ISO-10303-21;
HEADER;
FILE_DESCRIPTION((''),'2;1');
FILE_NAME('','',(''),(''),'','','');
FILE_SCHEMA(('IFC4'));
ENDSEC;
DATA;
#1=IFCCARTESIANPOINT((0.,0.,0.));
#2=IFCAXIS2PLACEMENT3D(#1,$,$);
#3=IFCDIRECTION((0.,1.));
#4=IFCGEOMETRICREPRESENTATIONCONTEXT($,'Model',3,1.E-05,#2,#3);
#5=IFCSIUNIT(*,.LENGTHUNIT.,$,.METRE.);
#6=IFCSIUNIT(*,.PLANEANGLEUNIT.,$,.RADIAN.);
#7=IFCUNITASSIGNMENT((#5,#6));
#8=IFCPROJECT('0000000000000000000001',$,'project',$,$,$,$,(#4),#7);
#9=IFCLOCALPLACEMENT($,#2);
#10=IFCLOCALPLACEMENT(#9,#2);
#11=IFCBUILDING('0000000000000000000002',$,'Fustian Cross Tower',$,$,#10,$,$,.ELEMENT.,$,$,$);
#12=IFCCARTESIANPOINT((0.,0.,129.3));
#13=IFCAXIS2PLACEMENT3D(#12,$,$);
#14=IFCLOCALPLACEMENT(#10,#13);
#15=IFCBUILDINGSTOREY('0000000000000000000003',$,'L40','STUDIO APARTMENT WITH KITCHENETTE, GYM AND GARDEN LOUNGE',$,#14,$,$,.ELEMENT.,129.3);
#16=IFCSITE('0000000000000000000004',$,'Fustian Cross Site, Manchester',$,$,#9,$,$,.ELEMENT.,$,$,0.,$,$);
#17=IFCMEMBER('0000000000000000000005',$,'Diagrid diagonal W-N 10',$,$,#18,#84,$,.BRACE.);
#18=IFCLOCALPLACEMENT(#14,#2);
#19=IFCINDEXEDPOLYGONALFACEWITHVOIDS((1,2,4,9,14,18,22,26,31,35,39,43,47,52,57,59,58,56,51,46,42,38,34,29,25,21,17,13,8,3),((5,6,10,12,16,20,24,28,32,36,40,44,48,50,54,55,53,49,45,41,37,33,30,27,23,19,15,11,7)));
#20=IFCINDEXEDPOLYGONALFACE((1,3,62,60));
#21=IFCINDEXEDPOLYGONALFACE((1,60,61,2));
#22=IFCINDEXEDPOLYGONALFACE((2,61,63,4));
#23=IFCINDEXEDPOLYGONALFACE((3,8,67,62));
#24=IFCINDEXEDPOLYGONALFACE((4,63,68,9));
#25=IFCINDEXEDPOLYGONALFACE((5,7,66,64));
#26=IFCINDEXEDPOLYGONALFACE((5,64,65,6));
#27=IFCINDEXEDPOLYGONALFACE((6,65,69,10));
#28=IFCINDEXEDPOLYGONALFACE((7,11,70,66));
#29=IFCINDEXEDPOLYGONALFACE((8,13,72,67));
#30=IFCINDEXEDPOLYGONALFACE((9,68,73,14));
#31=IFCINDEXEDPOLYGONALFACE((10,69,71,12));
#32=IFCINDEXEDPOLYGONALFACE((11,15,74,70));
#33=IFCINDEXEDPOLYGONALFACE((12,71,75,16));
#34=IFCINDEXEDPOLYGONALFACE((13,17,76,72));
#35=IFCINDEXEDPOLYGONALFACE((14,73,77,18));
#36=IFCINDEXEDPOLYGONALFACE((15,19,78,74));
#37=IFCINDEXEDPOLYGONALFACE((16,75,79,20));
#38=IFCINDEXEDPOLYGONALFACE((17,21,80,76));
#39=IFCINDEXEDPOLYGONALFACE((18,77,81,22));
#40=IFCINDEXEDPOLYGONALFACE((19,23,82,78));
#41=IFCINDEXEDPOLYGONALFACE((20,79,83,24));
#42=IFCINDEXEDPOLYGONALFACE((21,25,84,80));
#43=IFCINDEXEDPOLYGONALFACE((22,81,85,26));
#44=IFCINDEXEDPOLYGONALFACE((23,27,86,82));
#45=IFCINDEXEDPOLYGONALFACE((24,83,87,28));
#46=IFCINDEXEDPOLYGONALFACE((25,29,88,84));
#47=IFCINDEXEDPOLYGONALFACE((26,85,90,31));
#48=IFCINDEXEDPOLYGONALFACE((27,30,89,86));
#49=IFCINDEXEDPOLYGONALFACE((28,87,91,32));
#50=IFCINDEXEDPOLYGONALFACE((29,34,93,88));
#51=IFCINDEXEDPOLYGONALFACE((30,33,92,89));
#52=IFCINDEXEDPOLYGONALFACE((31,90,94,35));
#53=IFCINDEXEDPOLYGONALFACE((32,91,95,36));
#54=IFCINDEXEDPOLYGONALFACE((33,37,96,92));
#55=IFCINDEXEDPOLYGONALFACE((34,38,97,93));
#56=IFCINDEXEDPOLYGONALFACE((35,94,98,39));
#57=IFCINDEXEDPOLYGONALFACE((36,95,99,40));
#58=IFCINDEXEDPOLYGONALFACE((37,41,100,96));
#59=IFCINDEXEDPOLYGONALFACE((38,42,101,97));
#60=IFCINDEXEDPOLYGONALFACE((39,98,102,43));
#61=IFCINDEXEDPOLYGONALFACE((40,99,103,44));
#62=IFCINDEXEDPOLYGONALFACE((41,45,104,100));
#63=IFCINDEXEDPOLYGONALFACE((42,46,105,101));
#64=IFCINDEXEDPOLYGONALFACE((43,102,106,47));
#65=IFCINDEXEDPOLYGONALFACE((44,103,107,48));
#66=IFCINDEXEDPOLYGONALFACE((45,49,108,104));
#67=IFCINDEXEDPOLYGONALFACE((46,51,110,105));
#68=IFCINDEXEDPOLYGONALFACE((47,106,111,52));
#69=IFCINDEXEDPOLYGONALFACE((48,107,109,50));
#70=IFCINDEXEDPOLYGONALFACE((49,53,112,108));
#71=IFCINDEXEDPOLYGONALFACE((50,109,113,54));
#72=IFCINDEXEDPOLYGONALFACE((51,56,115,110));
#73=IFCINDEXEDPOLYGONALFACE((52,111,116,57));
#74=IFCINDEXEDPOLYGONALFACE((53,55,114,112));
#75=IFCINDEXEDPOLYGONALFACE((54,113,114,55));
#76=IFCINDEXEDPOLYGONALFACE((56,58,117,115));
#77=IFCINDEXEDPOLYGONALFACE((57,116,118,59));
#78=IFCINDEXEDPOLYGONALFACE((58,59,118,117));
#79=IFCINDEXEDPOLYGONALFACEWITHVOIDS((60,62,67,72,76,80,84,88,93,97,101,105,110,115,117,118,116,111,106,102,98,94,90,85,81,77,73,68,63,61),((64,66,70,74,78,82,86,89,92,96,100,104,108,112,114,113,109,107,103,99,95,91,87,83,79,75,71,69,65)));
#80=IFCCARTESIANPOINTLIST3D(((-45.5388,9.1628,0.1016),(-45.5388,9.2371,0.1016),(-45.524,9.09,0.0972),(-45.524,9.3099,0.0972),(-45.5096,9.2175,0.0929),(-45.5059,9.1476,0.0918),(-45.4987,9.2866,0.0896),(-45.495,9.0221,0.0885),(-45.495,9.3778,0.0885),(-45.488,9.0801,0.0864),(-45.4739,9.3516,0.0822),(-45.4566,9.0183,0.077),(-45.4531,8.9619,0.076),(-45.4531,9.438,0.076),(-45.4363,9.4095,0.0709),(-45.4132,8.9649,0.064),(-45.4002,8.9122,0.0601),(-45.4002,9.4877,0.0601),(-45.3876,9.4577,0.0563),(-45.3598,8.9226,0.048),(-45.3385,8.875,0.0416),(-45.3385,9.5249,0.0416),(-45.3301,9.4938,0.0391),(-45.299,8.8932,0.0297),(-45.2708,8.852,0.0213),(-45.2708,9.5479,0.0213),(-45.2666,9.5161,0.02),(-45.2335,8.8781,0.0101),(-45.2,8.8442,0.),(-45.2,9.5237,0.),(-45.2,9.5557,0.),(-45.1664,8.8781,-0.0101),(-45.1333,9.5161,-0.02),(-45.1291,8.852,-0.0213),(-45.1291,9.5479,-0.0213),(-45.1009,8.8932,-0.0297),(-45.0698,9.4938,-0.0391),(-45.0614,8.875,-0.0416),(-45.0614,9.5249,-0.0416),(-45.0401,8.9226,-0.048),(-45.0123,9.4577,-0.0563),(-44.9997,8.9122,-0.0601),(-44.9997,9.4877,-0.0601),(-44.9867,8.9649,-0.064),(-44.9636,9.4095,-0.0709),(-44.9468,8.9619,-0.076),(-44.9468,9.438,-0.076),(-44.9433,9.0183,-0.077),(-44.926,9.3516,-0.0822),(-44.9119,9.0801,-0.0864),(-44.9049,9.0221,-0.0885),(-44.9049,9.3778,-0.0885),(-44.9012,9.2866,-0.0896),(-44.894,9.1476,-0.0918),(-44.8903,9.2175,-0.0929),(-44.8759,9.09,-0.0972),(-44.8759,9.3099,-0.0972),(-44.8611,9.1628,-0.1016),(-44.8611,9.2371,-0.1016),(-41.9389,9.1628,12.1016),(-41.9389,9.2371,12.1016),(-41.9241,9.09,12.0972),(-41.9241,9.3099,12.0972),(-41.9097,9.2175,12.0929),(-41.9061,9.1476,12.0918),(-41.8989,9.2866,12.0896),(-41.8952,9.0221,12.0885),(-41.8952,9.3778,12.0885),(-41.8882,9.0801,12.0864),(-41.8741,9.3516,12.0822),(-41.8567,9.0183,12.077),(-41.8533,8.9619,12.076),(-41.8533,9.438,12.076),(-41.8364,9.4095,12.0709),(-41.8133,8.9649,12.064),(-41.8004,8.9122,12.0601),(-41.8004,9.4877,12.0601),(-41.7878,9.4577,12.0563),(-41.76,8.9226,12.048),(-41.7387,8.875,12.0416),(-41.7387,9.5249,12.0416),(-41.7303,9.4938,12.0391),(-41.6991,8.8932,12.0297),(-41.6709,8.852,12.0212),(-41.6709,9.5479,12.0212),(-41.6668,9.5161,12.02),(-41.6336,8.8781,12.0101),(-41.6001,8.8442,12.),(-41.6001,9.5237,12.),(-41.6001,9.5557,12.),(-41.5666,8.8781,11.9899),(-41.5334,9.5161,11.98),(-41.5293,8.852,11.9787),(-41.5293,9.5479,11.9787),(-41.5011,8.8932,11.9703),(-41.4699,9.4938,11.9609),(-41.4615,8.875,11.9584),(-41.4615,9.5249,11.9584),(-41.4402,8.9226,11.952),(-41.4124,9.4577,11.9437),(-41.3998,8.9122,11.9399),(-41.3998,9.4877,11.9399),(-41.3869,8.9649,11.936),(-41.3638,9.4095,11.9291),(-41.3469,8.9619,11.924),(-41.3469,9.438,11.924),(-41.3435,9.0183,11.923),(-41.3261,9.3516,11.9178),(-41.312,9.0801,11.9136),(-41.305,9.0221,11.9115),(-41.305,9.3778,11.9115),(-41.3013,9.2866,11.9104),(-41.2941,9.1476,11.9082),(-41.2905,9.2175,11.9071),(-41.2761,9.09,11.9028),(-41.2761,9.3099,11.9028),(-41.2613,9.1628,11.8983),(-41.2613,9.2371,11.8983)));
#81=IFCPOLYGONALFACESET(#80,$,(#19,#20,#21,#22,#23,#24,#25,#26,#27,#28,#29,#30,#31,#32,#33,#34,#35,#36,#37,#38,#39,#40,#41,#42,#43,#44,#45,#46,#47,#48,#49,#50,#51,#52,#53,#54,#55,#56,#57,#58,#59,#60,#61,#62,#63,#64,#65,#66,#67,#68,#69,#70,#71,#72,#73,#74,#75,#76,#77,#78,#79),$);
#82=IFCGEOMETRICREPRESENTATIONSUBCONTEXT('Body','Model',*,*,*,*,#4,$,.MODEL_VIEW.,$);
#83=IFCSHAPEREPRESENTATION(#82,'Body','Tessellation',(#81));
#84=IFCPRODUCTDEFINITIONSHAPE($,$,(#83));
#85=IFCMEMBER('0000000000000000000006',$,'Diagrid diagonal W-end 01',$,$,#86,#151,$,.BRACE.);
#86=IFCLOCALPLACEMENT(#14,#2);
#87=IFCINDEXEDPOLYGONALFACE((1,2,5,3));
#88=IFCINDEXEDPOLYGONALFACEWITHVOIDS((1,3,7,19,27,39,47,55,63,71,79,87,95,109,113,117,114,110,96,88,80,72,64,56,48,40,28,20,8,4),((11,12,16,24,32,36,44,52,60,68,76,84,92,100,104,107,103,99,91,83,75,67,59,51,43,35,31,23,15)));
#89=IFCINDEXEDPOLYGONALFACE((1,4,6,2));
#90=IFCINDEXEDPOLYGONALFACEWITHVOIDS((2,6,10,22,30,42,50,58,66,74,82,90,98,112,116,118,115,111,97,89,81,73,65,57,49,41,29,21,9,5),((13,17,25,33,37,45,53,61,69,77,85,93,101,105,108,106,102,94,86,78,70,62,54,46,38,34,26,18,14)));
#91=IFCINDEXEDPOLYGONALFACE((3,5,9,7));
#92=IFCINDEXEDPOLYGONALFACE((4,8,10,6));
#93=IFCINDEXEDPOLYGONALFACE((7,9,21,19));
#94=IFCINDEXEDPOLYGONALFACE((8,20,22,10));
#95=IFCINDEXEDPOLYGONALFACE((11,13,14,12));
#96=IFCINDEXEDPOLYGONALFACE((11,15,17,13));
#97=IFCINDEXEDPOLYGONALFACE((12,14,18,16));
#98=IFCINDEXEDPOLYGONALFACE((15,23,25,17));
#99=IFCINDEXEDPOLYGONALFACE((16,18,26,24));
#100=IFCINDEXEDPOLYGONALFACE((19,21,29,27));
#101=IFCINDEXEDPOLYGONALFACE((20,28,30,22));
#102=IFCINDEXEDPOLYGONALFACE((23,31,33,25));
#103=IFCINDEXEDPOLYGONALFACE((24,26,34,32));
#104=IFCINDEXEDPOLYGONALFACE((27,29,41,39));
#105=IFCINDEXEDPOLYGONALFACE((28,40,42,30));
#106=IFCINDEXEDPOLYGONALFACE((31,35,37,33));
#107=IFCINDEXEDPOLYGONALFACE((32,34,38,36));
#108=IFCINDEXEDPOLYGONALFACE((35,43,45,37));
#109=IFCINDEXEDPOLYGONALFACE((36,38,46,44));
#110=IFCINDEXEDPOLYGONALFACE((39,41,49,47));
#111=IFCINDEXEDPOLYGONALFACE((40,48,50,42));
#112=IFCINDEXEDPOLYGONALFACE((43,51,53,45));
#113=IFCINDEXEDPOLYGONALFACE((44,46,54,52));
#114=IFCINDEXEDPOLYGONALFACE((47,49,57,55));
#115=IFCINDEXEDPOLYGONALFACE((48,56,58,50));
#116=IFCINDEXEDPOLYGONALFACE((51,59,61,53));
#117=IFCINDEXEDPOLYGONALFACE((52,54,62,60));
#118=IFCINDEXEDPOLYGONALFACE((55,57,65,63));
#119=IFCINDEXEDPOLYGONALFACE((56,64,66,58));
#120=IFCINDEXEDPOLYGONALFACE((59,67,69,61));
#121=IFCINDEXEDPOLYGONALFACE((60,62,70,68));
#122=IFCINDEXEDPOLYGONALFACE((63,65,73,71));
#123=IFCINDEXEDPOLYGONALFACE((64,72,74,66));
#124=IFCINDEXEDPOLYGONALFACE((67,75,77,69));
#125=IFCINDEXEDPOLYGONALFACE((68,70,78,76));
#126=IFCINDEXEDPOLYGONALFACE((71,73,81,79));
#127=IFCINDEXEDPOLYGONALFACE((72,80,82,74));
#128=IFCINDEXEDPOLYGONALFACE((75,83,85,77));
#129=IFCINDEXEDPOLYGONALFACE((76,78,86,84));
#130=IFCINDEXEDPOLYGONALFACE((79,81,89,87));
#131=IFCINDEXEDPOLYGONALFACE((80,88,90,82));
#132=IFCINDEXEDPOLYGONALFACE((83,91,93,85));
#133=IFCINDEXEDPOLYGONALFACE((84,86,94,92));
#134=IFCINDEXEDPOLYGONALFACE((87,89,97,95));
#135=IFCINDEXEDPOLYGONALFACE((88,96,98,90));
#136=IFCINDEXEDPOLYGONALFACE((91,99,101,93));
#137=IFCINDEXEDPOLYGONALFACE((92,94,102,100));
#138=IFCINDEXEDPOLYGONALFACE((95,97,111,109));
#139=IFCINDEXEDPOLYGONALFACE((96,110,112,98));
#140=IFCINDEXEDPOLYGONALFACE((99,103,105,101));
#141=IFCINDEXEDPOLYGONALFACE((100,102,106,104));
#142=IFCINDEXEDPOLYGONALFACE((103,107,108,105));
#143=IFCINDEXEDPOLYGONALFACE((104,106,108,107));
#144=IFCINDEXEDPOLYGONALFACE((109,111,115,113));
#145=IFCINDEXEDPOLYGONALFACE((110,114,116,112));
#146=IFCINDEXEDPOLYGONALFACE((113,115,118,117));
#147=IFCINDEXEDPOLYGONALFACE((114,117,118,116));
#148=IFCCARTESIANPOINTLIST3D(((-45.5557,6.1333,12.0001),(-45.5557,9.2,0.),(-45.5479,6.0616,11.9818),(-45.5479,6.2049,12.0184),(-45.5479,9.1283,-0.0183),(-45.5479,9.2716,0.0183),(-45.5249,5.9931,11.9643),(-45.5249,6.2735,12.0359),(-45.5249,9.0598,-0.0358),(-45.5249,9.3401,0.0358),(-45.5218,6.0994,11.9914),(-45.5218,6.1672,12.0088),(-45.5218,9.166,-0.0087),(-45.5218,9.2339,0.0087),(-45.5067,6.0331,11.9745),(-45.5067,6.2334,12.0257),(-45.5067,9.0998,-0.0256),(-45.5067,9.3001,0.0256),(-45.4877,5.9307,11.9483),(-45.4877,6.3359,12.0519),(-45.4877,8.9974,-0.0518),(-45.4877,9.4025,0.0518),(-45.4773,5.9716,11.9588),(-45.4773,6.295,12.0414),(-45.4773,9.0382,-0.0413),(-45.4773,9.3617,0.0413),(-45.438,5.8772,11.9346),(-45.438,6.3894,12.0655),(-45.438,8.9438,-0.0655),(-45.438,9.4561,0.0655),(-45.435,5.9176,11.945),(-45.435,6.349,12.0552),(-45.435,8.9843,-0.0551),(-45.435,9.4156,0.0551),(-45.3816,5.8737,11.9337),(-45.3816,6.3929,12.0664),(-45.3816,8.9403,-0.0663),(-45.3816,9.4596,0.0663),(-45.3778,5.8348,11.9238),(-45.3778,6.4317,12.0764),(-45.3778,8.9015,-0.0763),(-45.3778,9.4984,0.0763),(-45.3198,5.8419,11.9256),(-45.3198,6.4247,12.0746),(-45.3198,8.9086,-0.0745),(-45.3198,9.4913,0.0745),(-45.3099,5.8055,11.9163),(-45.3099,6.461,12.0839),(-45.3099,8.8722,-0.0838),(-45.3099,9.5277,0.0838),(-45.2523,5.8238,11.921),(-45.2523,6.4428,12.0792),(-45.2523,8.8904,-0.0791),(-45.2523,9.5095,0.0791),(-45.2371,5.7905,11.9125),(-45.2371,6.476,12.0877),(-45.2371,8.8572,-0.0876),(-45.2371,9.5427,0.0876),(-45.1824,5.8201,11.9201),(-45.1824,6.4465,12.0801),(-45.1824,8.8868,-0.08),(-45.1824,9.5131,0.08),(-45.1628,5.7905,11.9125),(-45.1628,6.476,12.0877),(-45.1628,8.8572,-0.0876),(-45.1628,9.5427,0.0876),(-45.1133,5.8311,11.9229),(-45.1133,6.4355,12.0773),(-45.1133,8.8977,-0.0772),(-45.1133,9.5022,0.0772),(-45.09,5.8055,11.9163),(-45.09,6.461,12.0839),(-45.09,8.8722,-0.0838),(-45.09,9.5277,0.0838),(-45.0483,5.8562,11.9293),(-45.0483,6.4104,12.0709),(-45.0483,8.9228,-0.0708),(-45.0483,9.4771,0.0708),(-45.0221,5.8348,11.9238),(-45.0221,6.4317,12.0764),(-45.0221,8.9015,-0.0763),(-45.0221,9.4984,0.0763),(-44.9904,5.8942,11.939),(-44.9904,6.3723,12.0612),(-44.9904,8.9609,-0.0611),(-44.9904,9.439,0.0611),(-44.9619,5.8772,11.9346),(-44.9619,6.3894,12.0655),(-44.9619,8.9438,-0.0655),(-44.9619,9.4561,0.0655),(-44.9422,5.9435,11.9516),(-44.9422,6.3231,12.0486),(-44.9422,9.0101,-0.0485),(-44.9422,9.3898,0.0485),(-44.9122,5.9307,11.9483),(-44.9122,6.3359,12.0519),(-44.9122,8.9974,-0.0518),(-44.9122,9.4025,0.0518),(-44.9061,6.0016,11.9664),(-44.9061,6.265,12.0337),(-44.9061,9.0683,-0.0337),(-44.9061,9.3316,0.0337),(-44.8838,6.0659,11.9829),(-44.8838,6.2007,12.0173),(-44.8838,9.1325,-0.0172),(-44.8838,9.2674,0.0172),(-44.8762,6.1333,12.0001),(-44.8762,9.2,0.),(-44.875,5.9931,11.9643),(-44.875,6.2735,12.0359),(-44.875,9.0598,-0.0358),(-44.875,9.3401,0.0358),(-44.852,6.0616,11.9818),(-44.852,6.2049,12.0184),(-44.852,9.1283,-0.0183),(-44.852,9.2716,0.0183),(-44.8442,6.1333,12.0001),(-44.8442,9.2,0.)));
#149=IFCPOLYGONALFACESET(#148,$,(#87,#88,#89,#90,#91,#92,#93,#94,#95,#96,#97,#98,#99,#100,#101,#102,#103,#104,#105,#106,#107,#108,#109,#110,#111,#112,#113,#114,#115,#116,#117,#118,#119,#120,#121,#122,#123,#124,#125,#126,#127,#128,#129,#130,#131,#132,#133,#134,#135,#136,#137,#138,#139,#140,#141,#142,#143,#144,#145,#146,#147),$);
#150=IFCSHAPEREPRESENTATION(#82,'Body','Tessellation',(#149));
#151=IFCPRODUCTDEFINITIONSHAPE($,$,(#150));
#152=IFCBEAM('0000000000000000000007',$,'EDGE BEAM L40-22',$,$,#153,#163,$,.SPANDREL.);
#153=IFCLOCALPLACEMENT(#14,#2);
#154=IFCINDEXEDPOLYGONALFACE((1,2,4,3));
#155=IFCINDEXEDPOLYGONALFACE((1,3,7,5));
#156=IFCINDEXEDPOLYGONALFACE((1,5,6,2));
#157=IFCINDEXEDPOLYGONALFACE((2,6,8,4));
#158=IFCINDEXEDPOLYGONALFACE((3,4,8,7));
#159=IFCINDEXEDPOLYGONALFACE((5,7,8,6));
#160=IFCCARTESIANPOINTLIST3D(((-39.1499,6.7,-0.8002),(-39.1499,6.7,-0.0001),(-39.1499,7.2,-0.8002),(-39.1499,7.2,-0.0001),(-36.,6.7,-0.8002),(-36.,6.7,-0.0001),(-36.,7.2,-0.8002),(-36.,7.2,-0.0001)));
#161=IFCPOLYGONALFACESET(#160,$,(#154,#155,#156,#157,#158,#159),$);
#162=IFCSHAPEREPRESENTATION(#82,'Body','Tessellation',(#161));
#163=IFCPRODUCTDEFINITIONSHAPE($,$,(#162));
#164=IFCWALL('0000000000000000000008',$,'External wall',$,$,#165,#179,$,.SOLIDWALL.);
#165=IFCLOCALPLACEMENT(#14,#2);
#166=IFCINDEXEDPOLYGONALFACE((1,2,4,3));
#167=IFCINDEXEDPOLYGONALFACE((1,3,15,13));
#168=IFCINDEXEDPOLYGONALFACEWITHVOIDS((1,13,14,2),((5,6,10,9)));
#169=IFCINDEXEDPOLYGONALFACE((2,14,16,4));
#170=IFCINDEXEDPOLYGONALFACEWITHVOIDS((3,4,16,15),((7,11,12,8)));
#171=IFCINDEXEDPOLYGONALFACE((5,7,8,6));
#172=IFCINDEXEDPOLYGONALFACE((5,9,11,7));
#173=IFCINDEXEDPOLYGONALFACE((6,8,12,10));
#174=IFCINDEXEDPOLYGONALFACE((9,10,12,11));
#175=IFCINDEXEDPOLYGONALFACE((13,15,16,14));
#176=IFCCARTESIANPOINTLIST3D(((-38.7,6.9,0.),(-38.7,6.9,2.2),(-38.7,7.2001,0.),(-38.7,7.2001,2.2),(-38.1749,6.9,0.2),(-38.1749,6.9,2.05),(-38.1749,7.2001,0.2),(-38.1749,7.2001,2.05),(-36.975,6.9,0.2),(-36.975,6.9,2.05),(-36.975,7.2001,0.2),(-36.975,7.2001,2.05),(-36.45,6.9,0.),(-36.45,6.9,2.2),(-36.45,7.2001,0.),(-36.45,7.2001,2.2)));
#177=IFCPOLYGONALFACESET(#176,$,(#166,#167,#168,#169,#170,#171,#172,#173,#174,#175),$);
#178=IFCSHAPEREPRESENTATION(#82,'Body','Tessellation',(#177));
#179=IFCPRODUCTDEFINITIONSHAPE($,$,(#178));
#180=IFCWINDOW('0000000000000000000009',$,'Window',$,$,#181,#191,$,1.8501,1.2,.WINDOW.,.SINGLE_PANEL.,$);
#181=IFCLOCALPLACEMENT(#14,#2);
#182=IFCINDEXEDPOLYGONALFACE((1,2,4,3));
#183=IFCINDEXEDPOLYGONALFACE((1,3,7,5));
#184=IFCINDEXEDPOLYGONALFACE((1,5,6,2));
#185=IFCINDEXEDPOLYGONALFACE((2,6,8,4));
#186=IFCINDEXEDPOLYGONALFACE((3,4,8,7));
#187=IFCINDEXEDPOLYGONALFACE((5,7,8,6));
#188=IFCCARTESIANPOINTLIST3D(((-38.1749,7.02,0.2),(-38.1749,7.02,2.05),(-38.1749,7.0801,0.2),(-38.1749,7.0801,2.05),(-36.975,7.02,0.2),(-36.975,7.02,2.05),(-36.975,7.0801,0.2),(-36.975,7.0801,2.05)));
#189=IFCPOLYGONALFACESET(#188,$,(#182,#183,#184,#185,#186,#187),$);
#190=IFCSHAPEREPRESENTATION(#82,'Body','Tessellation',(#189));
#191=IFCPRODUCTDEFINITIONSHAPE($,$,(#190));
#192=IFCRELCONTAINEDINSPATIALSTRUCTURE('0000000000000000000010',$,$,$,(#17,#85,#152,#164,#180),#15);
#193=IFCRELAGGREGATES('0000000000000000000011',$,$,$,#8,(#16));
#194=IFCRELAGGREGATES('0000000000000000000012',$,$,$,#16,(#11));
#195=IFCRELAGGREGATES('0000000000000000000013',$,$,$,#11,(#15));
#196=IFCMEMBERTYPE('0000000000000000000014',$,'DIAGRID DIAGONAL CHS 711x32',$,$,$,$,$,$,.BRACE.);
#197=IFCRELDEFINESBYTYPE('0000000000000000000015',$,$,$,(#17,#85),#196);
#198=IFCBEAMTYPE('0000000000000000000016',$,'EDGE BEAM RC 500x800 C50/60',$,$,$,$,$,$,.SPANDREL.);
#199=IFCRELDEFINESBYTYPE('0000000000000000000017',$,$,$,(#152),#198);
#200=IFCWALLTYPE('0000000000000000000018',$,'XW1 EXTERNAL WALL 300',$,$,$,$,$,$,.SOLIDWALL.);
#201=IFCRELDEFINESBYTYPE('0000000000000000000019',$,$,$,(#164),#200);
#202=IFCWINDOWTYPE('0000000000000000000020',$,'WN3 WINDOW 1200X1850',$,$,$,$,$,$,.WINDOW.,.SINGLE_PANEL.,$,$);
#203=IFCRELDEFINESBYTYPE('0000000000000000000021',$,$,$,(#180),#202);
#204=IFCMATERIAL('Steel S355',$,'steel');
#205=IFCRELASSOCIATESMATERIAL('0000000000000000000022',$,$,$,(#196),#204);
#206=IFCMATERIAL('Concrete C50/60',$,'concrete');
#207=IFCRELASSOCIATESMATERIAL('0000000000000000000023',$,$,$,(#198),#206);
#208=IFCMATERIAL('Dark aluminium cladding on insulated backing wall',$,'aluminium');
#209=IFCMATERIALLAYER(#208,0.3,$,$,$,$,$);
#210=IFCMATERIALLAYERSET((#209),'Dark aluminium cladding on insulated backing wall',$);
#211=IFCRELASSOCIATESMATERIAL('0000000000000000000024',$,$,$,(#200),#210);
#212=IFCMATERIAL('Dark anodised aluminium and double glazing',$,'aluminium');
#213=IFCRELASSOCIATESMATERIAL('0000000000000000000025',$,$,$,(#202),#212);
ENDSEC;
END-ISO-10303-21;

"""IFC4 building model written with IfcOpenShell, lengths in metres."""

from ifc_helpers import new_model, si_unit, direction, frame, frame_2d, origin, origin_2d, place, context, subcontext, project, spatial, rectangle, hollow_circle, extrude, material, layer, layer_set, material_profile, profile_set, type_object, element, fill, save


model = new_model("IFC4")

# Units and contexts
model_context = context("Model", 3, precision=1e-05, world=origin(), true_north=direction((0.0, 1.0)))
body_context = subcontext(model_context, "Body", "Model", "MODEL_VIEW")
ifc_project = project(units=[si_unit("LENGTHUNIT", "METRE"), si_unit("PLANEANGLEUNIT", "RADIAN")], contexts=[model_context])

# Site, building, storey
site_placement = place(None, origin())
site = spatial("IfcSite", under=ifc_project, at=site_placement, Name="Fustian Cross Site, Manchester", CompositionType="ELEMENT", RefElevation=0.0)
building_placement = place(site_placement, origin())
building = spatial("IfcBuilding", under=site, at=building_placement, Name="Fustian Cross Tower", CompositionType="ELEMENT")
storey_placement = place(building_placement, frame((0.0, 0.0, 129.3)))
storey = spatial("IfcBuildingStorey", under=building, at=storey_placement, Name="L40", Description="STUDIO APARTMENT WITH KITCHENETTE, GYM AND GARDEN LOUNGE", CompositionType="ELEMENT", Elevation=129.3)

# Members
ifc_material_1 = material(Name="Steel S355", Category="steel")
ifc_material_profile_1 = material_profile(ifc_material_1, hollow_circle(Radius=0.3557, WallThickness=0.032, at=origin_2d()), Name="CHS 711x32")
ifc_profile_set_1 = profile_set([ifc_material_profile_1], Name="Steel S355")
member_type_1 = type_object("IfcMemberType", Name="DIAGRID DIAGONAL CHS 711x32", PredefinedType="BRACE", material=ifc_profile_set_1)
member_1_placement = place(storey_placement, frame((-45.2, 9.2, 0.0), z_axis=(0.287337, 0.0, 0.95783), x_axis=(0.0, 1.0, 0.0)))
element("IfcMember", 1, at=member_1_placement, inside=storey, type_object=member_type_1, Name="Diagrid diagonal W-N 10", PredefinedType="BRACE", context=body_context, shape_type="SweptSolid", body=[
    extrude(hollow_circle(Radius=0.3557, WallThickness=0.032, at=origin_2d()), origin(), (0.0, 0.0, 1.0), 12.5283),
])
member_2_placement = place(storey_placement, frame((-45.2, 9.2, 0.0), z_axis=(0.0, -0.247597, 0.968863), x_axis=(1.0, 0.0, 0.0)))
element("IfcMember", 2, at=member_2_placement, inside=storey, type_object=member_type_1, Name="Diagrid diagonal W-end 01", PredefinedType="BRACE", context=body_context, shape_type="SweptSolid", body=[
    extrude(hollow_circle(Radius=0.3557, WallThickness=0.032, at=origin_2d()), origin(), (0.0, 0.0, 1.0), 12.3857),
])

# Beam
ifc_material_2 = material(Name="Concrete C50/60", Category="concrete")
ifc_material_profile_2 = material_profile(ifc_material_2, rectangle(XDim=0.5, YDim=0.8, at=origin_2d()), Name="RC 500x800")
ifc_profile_set_2 = profile_set([ifc_material_profile_2], Name="Concrete C50/60")
beam_type = type_object("IfcBeamType", Name="EDGE BEAM RC 500x800 C50/60", PredefinedType="SPANDREL", material=ifc_profile_set_2)
beam_placement = place(storey_placement, frame((-36.0, 6.95, -0.4001), z_axis=(-1.0, 0.0, 0.0), x_axis=(0.0, -1.0, 0.0)))
element("IfcBeam", 3, at=beam_placement, inside=storey, type_object=beam_type, Name="EDGE BEAM L40-22", PredefinedType="SPANDREL", context=body_context, shape_type="SweptSolid", body=[
    extrude(rectangle(XDim=0.5, YDim=0.8, at=origin_2d()), origin(), (0.0, 0.0, 1.0), 3.1499),
])

# Wall, opening, window
ifc_material_3 = material(Name="Dark aluminium cladding on insulated backing wall", Category="aluminium")
ifc_layer = layer(ifc_material_3, 0.3)
ifc_layer_set = layer_set([ifc_layer], Name="Dark aluminium cladding on insulated backing wall")
wall_type = type_object("IfcWallType", Name="XW1 EXTERNAL WALL 300", PredefinedType="SOLIDWALL", material=ifc_layer_set)
wall_1_placement = place(storey_placement, frame((-36.45, 7.05, 0.0), z_axis=(0.0, 0.0, 1.0), x_axis=(-1.0, 0.0, 0.0)))
wall_1 = element("IfcWall", 4, at=wall_1_placement, inside=storey, type_object=wall_type, Name="External wall", PredefinedType="SOLIDWALL", context=body_context, shape_type="SweptSolid", body=[
    extrude(rectangle(XDim=2.25, YDim=0.3, at=frame_2d((1.125, 0.0))), origin(), (0.0, 0.0, 1.0), 2.2),
])
opening_1_placement = place(wall_1_placement, frame((0.5249, 0.0, 0.2)))
opening_1 = element("IfcOpeningElement", 5, at=opening_1_placement, cuts=wall_1, PredefinedType="OPENING", context=body_context, shape_type="SweptSolid", body=[
    extrude(rectangle(XDim=1.2, YDim=1.8501, at=frame_2d((0.6001, 0.925))), frame((0.0, 0.1599, 0.0), z_axis=(0.0, -1.0, 0.0), x_axis=(1.0, 0.0, 0.0)), (0.0, 0.0, 1.0), 0.3201),
])
ifc_material_4 = material(Name="Dark anodised aluminium and double glazing", Category="aluminium")
window_type = type_object("IfcWindowType", Name="WN3 WINDOW 1200X1850", PartitioningType="SINGLE_PANEL", PredefinedType="WINDOW", material=ifc_material_4)
window_1_placement = place(opening_1_placement, origin())
window_1 = element("IfcWindow", 6, at=window_1_placement, inside=storey, type_object=window_type, Name="Window", OverallHeight=1.8501, OverallWidth=1.2, PartitioningType="SINGLE_PANEL", PredefinedType="WINDOW", context=body_context, shape_type="SweptSolid", body=[
    extrude(rectangle(XDim=1.2, YDim=1.8501, at=frame_2d((0.6001, 0.925))), frame((0.0, 0.03, 0.0), z_axis=(0.0, -1.0, 0.0), x_axis=(1.0, 0.0, 0.0)), (0.0, 0.0, 1.0), 0.0601),
])
fill(opening_1, window_1)

save(model, "model.ifc")
